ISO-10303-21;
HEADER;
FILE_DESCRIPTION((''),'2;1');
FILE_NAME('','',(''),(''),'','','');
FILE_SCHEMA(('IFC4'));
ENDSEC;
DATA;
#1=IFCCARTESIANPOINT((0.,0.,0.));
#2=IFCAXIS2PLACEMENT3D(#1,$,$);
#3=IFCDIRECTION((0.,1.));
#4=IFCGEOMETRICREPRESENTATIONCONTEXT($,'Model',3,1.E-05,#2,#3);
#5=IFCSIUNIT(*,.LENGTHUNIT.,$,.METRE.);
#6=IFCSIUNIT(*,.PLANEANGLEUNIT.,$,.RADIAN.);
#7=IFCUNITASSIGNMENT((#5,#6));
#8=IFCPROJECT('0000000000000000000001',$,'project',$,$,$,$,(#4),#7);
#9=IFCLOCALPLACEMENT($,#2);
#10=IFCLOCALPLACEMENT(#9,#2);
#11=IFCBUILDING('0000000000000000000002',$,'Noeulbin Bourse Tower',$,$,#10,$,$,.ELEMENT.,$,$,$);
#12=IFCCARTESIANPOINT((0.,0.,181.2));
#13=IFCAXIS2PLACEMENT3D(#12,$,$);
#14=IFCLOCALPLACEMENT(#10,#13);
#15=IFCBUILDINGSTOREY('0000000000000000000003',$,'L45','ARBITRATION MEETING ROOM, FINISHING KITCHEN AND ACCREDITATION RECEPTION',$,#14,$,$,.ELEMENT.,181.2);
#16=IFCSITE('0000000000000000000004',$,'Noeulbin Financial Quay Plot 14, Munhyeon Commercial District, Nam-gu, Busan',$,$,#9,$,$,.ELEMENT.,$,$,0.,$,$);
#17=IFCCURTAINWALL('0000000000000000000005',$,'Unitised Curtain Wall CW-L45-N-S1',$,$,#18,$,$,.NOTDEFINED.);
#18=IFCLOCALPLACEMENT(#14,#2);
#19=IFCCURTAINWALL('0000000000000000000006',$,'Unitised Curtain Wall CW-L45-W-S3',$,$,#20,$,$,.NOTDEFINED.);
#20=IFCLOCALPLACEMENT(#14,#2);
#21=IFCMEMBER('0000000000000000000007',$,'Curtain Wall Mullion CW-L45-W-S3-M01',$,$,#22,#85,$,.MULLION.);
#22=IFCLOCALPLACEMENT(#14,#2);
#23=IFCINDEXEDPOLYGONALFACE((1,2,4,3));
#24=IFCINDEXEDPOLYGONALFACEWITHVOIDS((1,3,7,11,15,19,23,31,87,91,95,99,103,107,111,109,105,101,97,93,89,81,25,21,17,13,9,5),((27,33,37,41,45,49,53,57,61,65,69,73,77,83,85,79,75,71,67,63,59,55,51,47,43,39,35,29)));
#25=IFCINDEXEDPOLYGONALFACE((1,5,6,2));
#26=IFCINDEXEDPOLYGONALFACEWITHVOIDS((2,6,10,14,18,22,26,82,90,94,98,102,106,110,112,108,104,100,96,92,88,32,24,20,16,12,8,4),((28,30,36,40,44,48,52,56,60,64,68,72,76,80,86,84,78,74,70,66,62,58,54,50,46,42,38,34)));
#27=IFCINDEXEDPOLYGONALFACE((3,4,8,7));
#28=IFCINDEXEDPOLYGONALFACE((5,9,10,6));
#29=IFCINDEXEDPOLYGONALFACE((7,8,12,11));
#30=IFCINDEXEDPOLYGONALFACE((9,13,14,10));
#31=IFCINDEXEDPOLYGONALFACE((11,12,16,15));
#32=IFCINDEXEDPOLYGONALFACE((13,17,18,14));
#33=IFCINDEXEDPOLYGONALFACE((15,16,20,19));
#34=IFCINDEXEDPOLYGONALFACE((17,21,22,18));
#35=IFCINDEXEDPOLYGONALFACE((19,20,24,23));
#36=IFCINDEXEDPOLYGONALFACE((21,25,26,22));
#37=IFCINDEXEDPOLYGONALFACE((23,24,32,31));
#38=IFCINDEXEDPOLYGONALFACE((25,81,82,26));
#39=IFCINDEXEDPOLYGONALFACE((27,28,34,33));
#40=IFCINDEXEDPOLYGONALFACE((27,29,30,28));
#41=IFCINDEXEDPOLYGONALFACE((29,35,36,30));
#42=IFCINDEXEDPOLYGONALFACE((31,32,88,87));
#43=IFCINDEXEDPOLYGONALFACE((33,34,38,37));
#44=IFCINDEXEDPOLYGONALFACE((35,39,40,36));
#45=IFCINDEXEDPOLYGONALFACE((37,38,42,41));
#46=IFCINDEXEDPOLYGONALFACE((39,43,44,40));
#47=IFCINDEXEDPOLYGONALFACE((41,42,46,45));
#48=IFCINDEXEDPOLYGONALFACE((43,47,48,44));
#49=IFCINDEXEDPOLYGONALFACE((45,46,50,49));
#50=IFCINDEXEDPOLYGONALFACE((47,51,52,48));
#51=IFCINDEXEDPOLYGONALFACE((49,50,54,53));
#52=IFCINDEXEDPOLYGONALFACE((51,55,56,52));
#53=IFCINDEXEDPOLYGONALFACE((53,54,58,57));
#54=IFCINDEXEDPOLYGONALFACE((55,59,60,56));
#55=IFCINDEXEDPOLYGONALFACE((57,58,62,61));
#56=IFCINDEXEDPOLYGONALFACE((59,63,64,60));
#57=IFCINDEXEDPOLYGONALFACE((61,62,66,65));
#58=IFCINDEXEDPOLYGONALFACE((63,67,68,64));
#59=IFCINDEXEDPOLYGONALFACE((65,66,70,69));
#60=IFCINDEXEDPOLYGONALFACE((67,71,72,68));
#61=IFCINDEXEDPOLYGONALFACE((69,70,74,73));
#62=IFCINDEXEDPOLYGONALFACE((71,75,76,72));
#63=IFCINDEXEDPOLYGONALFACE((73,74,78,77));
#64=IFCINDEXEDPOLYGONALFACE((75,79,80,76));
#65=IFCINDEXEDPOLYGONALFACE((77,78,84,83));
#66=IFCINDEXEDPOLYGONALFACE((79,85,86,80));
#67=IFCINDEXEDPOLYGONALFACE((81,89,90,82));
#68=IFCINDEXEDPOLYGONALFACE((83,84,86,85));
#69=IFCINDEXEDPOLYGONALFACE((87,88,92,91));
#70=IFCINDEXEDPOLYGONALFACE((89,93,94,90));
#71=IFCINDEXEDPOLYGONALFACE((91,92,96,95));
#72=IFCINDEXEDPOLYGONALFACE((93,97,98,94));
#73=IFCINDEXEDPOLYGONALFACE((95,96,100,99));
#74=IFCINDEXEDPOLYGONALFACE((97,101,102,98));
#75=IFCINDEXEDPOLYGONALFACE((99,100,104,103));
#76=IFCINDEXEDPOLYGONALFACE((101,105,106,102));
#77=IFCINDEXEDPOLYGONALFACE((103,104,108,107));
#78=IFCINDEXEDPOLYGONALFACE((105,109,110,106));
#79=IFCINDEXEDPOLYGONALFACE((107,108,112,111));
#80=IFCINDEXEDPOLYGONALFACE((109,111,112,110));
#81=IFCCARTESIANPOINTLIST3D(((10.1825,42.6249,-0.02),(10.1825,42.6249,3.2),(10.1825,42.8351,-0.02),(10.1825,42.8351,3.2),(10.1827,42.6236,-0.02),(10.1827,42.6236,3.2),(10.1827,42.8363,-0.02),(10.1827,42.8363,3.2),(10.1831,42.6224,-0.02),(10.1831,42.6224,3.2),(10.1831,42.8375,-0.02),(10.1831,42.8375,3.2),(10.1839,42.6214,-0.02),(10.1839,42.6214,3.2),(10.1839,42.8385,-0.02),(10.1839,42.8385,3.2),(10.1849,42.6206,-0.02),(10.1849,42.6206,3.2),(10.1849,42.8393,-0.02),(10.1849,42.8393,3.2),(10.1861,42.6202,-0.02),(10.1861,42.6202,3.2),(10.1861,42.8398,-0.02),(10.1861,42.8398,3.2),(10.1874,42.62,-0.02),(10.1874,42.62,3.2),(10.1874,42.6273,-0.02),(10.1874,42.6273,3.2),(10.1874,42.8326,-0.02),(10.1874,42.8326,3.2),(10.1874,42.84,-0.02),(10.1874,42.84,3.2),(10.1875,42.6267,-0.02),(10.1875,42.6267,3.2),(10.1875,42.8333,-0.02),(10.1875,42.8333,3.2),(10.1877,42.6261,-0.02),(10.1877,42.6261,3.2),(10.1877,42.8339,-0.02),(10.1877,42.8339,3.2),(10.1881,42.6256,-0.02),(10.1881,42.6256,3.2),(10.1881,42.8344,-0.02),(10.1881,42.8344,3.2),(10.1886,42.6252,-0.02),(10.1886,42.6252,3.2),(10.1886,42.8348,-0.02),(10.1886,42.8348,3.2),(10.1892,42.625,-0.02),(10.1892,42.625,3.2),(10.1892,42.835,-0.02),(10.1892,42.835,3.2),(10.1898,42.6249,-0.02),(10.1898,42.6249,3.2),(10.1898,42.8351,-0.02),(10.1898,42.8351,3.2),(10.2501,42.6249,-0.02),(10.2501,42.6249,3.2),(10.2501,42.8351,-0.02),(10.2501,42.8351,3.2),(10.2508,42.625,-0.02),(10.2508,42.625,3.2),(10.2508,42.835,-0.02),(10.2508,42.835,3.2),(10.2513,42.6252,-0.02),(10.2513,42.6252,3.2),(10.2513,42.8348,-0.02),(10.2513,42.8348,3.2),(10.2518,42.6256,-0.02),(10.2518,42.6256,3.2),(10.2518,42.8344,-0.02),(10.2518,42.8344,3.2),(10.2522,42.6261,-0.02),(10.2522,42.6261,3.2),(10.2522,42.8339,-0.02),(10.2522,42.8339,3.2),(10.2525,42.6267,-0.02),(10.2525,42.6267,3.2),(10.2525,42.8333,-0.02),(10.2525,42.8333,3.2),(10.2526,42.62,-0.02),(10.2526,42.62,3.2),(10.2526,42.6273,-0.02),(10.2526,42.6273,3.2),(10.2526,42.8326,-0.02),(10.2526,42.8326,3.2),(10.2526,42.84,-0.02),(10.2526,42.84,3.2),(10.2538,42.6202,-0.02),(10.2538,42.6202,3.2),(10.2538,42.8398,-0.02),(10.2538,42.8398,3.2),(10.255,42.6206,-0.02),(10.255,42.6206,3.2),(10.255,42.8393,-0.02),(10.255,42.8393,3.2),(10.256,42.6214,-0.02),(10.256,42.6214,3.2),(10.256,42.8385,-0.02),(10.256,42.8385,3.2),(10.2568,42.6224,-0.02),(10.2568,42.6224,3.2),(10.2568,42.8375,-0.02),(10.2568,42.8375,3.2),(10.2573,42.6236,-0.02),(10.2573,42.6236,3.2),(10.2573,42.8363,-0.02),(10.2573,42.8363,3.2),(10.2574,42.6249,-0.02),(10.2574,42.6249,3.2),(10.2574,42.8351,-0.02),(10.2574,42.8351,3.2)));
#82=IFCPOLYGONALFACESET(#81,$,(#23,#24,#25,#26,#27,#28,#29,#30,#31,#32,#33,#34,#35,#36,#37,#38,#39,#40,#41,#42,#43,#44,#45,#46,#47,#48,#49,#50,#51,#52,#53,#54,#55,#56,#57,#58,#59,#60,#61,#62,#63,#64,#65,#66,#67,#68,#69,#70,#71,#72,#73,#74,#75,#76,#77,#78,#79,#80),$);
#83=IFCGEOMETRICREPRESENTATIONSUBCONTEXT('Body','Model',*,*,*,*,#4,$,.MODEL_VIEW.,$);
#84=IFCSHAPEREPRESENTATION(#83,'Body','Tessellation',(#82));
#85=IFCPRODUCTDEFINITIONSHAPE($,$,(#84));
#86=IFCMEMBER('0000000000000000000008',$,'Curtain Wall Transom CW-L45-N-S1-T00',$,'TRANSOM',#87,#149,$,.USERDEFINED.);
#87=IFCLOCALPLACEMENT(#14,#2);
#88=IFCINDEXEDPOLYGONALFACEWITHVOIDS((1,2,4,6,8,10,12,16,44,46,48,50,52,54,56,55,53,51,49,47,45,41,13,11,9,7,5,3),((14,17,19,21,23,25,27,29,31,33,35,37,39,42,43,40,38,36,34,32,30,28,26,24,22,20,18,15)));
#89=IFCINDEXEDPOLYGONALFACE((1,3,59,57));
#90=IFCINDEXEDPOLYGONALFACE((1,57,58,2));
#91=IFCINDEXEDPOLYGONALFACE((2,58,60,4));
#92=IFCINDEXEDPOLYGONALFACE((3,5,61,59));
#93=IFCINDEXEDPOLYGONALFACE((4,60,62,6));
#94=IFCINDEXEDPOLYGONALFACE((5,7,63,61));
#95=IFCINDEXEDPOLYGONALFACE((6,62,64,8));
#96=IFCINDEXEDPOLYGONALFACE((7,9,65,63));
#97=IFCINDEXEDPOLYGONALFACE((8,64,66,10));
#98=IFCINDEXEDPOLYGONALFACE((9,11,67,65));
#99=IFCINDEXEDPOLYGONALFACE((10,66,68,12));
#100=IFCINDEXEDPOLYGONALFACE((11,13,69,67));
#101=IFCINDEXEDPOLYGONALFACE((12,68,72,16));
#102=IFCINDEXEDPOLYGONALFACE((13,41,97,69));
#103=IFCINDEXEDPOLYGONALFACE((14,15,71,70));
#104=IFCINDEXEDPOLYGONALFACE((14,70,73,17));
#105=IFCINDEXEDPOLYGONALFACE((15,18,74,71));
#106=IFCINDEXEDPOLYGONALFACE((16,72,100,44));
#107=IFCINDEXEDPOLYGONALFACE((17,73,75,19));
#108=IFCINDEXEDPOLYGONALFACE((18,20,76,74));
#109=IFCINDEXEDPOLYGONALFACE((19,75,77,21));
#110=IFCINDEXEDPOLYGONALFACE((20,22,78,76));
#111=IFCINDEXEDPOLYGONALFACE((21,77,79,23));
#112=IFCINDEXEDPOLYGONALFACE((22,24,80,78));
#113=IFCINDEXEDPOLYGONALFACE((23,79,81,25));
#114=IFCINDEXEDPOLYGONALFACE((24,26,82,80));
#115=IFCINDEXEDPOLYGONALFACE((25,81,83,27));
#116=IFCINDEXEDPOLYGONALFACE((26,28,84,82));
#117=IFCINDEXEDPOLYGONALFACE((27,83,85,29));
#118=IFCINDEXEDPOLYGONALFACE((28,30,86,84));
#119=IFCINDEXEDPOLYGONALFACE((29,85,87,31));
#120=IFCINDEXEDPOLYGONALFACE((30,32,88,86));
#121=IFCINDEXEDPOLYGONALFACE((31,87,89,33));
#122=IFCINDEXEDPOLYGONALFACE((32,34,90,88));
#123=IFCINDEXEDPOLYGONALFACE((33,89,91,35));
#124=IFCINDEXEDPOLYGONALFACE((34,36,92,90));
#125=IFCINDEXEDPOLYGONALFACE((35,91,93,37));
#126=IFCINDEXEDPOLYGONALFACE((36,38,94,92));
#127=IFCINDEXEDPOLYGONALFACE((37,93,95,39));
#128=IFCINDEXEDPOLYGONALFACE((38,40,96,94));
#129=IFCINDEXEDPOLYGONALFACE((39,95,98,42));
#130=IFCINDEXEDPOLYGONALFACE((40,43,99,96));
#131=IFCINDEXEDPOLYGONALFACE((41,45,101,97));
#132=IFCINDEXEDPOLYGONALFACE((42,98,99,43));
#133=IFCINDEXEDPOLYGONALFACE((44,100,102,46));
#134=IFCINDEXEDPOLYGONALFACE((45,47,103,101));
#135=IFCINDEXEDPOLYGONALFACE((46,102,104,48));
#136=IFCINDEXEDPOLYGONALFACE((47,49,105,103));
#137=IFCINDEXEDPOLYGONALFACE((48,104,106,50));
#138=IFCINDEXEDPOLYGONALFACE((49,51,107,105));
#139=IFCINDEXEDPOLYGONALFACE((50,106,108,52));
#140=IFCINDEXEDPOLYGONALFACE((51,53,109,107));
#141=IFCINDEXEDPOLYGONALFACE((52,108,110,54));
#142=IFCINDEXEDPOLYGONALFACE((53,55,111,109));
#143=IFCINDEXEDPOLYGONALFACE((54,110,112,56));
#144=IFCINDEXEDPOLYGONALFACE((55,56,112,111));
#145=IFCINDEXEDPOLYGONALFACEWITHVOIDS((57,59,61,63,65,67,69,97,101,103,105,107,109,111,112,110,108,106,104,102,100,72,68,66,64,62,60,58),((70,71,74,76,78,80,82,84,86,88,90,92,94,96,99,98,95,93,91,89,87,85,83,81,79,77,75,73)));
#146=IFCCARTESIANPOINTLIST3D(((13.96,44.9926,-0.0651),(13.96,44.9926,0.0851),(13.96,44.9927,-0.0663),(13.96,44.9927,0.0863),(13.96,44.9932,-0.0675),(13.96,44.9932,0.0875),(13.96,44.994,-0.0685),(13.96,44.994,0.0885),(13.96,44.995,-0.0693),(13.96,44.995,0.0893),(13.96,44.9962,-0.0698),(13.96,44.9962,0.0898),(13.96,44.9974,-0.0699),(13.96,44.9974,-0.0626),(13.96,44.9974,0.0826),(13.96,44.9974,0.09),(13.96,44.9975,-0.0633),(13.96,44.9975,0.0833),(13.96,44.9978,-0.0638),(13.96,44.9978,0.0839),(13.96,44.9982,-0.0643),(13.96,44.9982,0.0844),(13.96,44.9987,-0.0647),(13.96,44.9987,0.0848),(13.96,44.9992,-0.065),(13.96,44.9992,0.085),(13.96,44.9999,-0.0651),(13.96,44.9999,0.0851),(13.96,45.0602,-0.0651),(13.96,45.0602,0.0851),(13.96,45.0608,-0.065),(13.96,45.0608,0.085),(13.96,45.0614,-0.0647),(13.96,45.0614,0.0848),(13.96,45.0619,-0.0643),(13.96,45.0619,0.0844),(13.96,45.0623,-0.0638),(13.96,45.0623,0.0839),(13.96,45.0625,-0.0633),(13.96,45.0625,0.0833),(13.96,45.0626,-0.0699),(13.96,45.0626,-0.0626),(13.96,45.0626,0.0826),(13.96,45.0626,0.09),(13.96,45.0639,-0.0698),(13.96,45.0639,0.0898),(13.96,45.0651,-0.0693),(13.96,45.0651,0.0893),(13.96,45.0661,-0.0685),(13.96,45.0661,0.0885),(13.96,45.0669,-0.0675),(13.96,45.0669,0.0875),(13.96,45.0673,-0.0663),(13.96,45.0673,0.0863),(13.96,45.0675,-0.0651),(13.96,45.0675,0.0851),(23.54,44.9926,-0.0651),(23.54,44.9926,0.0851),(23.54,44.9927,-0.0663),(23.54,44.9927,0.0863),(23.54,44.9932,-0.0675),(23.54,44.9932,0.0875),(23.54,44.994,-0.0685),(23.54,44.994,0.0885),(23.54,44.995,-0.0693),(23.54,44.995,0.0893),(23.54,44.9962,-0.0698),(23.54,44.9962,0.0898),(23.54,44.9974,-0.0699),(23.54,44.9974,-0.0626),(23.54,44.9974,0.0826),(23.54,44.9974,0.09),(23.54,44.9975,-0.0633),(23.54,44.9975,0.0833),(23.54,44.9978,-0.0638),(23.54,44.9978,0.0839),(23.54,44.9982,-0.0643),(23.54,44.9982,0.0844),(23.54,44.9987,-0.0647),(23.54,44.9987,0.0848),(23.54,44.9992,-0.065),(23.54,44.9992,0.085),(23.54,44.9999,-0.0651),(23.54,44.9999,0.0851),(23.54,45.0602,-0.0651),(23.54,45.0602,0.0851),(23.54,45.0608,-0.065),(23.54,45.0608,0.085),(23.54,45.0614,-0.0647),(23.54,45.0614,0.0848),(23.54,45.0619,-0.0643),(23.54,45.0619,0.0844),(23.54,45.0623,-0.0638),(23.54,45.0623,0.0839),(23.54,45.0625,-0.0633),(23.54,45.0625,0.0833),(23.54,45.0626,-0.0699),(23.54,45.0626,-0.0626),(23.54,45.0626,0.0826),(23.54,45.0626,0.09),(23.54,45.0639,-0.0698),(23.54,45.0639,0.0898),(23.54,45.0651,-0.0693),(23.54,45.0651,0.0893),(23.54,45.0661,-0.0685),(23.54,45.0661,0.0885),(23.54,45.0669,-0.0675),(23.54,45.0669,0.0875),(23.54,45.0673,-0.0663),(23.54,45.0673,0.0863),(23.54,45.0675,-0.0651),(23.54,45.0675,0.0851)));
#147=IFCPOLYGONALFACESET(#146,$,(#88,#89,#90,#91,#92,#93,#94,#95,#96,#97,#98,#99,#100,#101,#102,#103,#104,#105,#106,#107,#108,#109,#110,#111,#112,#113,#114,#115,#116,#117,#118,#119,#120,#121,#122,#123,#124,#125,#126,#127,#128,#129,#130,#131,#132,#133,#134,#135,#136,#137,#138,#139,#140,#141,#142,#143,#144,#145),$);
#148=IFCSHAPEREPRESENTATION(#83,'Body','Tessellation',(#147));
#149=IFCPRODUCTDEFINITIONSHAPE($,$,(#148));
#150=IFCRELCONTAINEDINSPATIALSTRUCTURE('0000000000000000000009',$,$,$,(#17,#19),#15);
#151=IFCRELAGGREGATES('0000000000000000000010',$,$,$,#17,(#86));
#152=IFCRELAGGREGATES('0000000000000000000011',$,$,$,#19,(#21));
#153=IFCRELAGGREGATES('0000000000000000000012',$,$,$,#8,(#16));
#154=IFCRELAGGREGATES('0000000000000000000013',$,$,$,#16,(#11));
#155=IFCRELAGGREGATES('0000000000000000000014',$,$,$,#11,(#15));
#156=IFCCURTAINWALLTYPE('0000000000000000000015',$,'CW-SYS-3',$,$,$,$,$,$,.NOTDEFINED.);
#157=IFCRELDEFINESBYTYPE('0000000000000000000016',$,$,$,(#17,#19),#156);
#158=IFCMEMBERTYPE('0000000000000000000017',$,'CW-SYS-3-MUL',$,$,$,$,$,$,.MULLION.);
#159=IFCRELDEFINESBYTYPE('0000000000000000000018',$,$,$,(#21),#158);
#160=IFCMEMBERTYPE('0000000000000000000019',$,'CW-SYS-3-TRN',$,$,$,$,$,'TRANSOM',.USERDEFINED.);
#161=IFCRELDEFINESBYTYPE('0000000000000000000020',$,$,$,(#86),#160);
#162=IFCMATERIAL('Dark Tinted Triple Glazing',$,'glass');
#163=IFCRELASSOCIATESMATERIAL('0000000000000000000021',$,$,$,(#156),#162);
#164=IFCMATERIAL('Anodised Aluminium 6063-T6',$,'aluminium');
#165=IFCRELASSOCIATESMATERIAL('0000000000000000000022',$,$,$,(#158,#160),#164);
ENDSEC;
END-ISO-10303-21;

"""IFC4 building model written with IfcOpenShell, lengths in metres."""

from ifc_helpers import new_model, si_unit, direction, frame, origin, origin_2d, place, context, subcontext, project, spatial, hollow_rectangle, extrude, material, material_profile, profile_set, type_object, element, aggregate, save


model = new_model("IFC4")

# Units and contexts
model_context = context("Model", 3, precision=1e-05, world=origin(), true_north=direction((0.0, 1.0)))
body_context = subcontext(model_context, "Body", "Model", "MODEL_VIEW")
ifc_project = project(units=[si_unit("LENGTHUNIT", "METRE"), si_unit("PLANEANGLEUNIT", "RADIAN")], contexts=[model_context])

# Site, building, storey
site_placement = place(None, origin())
site = spatial("IfcSite", under=ifc_project, at=site_placement, Name="Noeulbin Financial Quay Plot 14, Munhyeon Commercial District, Nam-gu, Busan", CompositionType="ELEMENT", RefElevation=0.0)
building_placement = place(site_placement, origin())
building = spatial("IfcBuilding", under=site, at=building_placement, Name="Noeulbin Bourse Tower", CompositionType="ELEMENT")
storey_placement = place(building_placement, frame((0.0, 0.0, 181.2)))
storey = spatial("IfcBuildingStorey", under=building, at=storey_placement, Name="L45", Description="ARBITRATION MEETING ROOM, FINISHING KITCHEN AND ACCREDITATION RECEPTION", CompositionType="ELEMENT", Elevation=181.2)

# Curtain wall
ifc_material_1 = material(Name="Dark Tinted Triple Glazing", Category="glass")
curtain_wall_type = type_object("IfcCurtainWallType", Name="CW-SYS-3", PredefinedType="NOTDEFINED", material=ifc_material_1)
curtain_wall_1_placement = place(storey_placement, origin())
curtain_wall_1 = element("IfcCurtainWall", 1, at=curtain_wall_1_placement, inside=storey, type_object=curtain_wall_type, Name="Unitised Curtain Wall CW-L45-N-S1", PredefinedType="NOTDEFINED")
ifc_material_2 = material(Name="Anodised Aluminium 6063-T6", Category="aluminium")
ifc_material_profile_1 = material_profile(ifc_material_2, hollow_rectangle(XDim=0.075, YDim=0.22, WallThickness=0.0049, InnerFilletRadius=0.0024, OuterFilletRadius=0.0049, at=origin_2d()), Name="ALU-MULL-75x220x5", Category="LoadBearing")
ifc_profile_set_1 = profile_set([ifc_material_profile_1], Name="Anodised Aluminium 6063-T6")
member_type_1 = type_object("IfcMemberType", Name="CW-SYS-3-MUL", PredefinedType="MULLION", material=ifc_profile_set_1)

# Curtain wall, member
curtain_wall_2_placement = place(storey_placement, origin())
curtain_wall_2 = element("IfcCurtainWall", 2, at=curtain_wall_2_placement, inside=storey, type_object=curtain_wall_type, Name="Unitised Curtain Wall CW-L45-W-S3", PredefinedType="NOTDEFINED")
member_1_placement = place(storey_placement, frame((10.22, 42.73, -0.02), z_axis=(0.0, 0.0, 1.0), x_axis=(1.0, 0.0, 0.0)))
member_1 = element("IfcMember", 3, at=member_1_placement, type_object=member_type_1, Name="Curtain Wall Mullion CW-L45-W-S3-M01", PredefinedType="MULLION", context=body_context, shape_type="SweptSolid", body=[
    extrude(hollow_rectangle(XDim=0.075, YDim=0.22, WallThickness=0.0049, InnerFilletRadius=0.0024, OuterFilletRadius=0.0049, at=origin_2d()), origin(), (0.0, 0.0, 1.0), 3.22),
])

# Member
ifc_material_profile_2 = material_profile(ifc_material_2, hollow_rectangle(XDim=0.075, YDim=0.1599, WallThickness=0.0049, InnerFilletRadius=0.0024, OuterFilletRadius=0.0049, at=origin_2d()), Name="ALU-TRAN-75x160x5", Category="LoadBearing")
ifc_profile_set_2 = profile_set([ifc_material_profile_2], Name="Anodised Aluminium 6063-T6")
member_type_2 = type_object("IfcMemberType", Name="CW-SYS-3-TRN", ElementType="TRANSOM", PredefinedType="USERDEFINED", material=ifc_profile_set_2)
member_2_placement = place(storey_placement, frame((13.96, 45.03, 0.01), z_axis=(1.0, 0.0, 0.0), x_axis=(0.0, 1.0, 0.0)))
member_2 = element("IfcMember", 4, at=member_2_placement, type_object=member_type_2, Name="Curtain Wall Transom CW-L45-N-S1-T00", ObjectType="TRANSOM", PredefinedType="USERDEFINED", context=body_context, shape_type="SweptSolid", body=[
    extrude(hollow_rectangle(XDim=0.075, YDim=0.1599, WallThickness=0.0049, InnerFilletRadius=0.0024, OuterFilletRadius=0.0049, at=origin_2d()), origin(), (0.0, 0.0, 1.0), 9.5801),
])
aggregate(curtain_wall_1, [member_2])

aggregate(curtain_wall_2, [member_1])

save(model, "model.ifc")
